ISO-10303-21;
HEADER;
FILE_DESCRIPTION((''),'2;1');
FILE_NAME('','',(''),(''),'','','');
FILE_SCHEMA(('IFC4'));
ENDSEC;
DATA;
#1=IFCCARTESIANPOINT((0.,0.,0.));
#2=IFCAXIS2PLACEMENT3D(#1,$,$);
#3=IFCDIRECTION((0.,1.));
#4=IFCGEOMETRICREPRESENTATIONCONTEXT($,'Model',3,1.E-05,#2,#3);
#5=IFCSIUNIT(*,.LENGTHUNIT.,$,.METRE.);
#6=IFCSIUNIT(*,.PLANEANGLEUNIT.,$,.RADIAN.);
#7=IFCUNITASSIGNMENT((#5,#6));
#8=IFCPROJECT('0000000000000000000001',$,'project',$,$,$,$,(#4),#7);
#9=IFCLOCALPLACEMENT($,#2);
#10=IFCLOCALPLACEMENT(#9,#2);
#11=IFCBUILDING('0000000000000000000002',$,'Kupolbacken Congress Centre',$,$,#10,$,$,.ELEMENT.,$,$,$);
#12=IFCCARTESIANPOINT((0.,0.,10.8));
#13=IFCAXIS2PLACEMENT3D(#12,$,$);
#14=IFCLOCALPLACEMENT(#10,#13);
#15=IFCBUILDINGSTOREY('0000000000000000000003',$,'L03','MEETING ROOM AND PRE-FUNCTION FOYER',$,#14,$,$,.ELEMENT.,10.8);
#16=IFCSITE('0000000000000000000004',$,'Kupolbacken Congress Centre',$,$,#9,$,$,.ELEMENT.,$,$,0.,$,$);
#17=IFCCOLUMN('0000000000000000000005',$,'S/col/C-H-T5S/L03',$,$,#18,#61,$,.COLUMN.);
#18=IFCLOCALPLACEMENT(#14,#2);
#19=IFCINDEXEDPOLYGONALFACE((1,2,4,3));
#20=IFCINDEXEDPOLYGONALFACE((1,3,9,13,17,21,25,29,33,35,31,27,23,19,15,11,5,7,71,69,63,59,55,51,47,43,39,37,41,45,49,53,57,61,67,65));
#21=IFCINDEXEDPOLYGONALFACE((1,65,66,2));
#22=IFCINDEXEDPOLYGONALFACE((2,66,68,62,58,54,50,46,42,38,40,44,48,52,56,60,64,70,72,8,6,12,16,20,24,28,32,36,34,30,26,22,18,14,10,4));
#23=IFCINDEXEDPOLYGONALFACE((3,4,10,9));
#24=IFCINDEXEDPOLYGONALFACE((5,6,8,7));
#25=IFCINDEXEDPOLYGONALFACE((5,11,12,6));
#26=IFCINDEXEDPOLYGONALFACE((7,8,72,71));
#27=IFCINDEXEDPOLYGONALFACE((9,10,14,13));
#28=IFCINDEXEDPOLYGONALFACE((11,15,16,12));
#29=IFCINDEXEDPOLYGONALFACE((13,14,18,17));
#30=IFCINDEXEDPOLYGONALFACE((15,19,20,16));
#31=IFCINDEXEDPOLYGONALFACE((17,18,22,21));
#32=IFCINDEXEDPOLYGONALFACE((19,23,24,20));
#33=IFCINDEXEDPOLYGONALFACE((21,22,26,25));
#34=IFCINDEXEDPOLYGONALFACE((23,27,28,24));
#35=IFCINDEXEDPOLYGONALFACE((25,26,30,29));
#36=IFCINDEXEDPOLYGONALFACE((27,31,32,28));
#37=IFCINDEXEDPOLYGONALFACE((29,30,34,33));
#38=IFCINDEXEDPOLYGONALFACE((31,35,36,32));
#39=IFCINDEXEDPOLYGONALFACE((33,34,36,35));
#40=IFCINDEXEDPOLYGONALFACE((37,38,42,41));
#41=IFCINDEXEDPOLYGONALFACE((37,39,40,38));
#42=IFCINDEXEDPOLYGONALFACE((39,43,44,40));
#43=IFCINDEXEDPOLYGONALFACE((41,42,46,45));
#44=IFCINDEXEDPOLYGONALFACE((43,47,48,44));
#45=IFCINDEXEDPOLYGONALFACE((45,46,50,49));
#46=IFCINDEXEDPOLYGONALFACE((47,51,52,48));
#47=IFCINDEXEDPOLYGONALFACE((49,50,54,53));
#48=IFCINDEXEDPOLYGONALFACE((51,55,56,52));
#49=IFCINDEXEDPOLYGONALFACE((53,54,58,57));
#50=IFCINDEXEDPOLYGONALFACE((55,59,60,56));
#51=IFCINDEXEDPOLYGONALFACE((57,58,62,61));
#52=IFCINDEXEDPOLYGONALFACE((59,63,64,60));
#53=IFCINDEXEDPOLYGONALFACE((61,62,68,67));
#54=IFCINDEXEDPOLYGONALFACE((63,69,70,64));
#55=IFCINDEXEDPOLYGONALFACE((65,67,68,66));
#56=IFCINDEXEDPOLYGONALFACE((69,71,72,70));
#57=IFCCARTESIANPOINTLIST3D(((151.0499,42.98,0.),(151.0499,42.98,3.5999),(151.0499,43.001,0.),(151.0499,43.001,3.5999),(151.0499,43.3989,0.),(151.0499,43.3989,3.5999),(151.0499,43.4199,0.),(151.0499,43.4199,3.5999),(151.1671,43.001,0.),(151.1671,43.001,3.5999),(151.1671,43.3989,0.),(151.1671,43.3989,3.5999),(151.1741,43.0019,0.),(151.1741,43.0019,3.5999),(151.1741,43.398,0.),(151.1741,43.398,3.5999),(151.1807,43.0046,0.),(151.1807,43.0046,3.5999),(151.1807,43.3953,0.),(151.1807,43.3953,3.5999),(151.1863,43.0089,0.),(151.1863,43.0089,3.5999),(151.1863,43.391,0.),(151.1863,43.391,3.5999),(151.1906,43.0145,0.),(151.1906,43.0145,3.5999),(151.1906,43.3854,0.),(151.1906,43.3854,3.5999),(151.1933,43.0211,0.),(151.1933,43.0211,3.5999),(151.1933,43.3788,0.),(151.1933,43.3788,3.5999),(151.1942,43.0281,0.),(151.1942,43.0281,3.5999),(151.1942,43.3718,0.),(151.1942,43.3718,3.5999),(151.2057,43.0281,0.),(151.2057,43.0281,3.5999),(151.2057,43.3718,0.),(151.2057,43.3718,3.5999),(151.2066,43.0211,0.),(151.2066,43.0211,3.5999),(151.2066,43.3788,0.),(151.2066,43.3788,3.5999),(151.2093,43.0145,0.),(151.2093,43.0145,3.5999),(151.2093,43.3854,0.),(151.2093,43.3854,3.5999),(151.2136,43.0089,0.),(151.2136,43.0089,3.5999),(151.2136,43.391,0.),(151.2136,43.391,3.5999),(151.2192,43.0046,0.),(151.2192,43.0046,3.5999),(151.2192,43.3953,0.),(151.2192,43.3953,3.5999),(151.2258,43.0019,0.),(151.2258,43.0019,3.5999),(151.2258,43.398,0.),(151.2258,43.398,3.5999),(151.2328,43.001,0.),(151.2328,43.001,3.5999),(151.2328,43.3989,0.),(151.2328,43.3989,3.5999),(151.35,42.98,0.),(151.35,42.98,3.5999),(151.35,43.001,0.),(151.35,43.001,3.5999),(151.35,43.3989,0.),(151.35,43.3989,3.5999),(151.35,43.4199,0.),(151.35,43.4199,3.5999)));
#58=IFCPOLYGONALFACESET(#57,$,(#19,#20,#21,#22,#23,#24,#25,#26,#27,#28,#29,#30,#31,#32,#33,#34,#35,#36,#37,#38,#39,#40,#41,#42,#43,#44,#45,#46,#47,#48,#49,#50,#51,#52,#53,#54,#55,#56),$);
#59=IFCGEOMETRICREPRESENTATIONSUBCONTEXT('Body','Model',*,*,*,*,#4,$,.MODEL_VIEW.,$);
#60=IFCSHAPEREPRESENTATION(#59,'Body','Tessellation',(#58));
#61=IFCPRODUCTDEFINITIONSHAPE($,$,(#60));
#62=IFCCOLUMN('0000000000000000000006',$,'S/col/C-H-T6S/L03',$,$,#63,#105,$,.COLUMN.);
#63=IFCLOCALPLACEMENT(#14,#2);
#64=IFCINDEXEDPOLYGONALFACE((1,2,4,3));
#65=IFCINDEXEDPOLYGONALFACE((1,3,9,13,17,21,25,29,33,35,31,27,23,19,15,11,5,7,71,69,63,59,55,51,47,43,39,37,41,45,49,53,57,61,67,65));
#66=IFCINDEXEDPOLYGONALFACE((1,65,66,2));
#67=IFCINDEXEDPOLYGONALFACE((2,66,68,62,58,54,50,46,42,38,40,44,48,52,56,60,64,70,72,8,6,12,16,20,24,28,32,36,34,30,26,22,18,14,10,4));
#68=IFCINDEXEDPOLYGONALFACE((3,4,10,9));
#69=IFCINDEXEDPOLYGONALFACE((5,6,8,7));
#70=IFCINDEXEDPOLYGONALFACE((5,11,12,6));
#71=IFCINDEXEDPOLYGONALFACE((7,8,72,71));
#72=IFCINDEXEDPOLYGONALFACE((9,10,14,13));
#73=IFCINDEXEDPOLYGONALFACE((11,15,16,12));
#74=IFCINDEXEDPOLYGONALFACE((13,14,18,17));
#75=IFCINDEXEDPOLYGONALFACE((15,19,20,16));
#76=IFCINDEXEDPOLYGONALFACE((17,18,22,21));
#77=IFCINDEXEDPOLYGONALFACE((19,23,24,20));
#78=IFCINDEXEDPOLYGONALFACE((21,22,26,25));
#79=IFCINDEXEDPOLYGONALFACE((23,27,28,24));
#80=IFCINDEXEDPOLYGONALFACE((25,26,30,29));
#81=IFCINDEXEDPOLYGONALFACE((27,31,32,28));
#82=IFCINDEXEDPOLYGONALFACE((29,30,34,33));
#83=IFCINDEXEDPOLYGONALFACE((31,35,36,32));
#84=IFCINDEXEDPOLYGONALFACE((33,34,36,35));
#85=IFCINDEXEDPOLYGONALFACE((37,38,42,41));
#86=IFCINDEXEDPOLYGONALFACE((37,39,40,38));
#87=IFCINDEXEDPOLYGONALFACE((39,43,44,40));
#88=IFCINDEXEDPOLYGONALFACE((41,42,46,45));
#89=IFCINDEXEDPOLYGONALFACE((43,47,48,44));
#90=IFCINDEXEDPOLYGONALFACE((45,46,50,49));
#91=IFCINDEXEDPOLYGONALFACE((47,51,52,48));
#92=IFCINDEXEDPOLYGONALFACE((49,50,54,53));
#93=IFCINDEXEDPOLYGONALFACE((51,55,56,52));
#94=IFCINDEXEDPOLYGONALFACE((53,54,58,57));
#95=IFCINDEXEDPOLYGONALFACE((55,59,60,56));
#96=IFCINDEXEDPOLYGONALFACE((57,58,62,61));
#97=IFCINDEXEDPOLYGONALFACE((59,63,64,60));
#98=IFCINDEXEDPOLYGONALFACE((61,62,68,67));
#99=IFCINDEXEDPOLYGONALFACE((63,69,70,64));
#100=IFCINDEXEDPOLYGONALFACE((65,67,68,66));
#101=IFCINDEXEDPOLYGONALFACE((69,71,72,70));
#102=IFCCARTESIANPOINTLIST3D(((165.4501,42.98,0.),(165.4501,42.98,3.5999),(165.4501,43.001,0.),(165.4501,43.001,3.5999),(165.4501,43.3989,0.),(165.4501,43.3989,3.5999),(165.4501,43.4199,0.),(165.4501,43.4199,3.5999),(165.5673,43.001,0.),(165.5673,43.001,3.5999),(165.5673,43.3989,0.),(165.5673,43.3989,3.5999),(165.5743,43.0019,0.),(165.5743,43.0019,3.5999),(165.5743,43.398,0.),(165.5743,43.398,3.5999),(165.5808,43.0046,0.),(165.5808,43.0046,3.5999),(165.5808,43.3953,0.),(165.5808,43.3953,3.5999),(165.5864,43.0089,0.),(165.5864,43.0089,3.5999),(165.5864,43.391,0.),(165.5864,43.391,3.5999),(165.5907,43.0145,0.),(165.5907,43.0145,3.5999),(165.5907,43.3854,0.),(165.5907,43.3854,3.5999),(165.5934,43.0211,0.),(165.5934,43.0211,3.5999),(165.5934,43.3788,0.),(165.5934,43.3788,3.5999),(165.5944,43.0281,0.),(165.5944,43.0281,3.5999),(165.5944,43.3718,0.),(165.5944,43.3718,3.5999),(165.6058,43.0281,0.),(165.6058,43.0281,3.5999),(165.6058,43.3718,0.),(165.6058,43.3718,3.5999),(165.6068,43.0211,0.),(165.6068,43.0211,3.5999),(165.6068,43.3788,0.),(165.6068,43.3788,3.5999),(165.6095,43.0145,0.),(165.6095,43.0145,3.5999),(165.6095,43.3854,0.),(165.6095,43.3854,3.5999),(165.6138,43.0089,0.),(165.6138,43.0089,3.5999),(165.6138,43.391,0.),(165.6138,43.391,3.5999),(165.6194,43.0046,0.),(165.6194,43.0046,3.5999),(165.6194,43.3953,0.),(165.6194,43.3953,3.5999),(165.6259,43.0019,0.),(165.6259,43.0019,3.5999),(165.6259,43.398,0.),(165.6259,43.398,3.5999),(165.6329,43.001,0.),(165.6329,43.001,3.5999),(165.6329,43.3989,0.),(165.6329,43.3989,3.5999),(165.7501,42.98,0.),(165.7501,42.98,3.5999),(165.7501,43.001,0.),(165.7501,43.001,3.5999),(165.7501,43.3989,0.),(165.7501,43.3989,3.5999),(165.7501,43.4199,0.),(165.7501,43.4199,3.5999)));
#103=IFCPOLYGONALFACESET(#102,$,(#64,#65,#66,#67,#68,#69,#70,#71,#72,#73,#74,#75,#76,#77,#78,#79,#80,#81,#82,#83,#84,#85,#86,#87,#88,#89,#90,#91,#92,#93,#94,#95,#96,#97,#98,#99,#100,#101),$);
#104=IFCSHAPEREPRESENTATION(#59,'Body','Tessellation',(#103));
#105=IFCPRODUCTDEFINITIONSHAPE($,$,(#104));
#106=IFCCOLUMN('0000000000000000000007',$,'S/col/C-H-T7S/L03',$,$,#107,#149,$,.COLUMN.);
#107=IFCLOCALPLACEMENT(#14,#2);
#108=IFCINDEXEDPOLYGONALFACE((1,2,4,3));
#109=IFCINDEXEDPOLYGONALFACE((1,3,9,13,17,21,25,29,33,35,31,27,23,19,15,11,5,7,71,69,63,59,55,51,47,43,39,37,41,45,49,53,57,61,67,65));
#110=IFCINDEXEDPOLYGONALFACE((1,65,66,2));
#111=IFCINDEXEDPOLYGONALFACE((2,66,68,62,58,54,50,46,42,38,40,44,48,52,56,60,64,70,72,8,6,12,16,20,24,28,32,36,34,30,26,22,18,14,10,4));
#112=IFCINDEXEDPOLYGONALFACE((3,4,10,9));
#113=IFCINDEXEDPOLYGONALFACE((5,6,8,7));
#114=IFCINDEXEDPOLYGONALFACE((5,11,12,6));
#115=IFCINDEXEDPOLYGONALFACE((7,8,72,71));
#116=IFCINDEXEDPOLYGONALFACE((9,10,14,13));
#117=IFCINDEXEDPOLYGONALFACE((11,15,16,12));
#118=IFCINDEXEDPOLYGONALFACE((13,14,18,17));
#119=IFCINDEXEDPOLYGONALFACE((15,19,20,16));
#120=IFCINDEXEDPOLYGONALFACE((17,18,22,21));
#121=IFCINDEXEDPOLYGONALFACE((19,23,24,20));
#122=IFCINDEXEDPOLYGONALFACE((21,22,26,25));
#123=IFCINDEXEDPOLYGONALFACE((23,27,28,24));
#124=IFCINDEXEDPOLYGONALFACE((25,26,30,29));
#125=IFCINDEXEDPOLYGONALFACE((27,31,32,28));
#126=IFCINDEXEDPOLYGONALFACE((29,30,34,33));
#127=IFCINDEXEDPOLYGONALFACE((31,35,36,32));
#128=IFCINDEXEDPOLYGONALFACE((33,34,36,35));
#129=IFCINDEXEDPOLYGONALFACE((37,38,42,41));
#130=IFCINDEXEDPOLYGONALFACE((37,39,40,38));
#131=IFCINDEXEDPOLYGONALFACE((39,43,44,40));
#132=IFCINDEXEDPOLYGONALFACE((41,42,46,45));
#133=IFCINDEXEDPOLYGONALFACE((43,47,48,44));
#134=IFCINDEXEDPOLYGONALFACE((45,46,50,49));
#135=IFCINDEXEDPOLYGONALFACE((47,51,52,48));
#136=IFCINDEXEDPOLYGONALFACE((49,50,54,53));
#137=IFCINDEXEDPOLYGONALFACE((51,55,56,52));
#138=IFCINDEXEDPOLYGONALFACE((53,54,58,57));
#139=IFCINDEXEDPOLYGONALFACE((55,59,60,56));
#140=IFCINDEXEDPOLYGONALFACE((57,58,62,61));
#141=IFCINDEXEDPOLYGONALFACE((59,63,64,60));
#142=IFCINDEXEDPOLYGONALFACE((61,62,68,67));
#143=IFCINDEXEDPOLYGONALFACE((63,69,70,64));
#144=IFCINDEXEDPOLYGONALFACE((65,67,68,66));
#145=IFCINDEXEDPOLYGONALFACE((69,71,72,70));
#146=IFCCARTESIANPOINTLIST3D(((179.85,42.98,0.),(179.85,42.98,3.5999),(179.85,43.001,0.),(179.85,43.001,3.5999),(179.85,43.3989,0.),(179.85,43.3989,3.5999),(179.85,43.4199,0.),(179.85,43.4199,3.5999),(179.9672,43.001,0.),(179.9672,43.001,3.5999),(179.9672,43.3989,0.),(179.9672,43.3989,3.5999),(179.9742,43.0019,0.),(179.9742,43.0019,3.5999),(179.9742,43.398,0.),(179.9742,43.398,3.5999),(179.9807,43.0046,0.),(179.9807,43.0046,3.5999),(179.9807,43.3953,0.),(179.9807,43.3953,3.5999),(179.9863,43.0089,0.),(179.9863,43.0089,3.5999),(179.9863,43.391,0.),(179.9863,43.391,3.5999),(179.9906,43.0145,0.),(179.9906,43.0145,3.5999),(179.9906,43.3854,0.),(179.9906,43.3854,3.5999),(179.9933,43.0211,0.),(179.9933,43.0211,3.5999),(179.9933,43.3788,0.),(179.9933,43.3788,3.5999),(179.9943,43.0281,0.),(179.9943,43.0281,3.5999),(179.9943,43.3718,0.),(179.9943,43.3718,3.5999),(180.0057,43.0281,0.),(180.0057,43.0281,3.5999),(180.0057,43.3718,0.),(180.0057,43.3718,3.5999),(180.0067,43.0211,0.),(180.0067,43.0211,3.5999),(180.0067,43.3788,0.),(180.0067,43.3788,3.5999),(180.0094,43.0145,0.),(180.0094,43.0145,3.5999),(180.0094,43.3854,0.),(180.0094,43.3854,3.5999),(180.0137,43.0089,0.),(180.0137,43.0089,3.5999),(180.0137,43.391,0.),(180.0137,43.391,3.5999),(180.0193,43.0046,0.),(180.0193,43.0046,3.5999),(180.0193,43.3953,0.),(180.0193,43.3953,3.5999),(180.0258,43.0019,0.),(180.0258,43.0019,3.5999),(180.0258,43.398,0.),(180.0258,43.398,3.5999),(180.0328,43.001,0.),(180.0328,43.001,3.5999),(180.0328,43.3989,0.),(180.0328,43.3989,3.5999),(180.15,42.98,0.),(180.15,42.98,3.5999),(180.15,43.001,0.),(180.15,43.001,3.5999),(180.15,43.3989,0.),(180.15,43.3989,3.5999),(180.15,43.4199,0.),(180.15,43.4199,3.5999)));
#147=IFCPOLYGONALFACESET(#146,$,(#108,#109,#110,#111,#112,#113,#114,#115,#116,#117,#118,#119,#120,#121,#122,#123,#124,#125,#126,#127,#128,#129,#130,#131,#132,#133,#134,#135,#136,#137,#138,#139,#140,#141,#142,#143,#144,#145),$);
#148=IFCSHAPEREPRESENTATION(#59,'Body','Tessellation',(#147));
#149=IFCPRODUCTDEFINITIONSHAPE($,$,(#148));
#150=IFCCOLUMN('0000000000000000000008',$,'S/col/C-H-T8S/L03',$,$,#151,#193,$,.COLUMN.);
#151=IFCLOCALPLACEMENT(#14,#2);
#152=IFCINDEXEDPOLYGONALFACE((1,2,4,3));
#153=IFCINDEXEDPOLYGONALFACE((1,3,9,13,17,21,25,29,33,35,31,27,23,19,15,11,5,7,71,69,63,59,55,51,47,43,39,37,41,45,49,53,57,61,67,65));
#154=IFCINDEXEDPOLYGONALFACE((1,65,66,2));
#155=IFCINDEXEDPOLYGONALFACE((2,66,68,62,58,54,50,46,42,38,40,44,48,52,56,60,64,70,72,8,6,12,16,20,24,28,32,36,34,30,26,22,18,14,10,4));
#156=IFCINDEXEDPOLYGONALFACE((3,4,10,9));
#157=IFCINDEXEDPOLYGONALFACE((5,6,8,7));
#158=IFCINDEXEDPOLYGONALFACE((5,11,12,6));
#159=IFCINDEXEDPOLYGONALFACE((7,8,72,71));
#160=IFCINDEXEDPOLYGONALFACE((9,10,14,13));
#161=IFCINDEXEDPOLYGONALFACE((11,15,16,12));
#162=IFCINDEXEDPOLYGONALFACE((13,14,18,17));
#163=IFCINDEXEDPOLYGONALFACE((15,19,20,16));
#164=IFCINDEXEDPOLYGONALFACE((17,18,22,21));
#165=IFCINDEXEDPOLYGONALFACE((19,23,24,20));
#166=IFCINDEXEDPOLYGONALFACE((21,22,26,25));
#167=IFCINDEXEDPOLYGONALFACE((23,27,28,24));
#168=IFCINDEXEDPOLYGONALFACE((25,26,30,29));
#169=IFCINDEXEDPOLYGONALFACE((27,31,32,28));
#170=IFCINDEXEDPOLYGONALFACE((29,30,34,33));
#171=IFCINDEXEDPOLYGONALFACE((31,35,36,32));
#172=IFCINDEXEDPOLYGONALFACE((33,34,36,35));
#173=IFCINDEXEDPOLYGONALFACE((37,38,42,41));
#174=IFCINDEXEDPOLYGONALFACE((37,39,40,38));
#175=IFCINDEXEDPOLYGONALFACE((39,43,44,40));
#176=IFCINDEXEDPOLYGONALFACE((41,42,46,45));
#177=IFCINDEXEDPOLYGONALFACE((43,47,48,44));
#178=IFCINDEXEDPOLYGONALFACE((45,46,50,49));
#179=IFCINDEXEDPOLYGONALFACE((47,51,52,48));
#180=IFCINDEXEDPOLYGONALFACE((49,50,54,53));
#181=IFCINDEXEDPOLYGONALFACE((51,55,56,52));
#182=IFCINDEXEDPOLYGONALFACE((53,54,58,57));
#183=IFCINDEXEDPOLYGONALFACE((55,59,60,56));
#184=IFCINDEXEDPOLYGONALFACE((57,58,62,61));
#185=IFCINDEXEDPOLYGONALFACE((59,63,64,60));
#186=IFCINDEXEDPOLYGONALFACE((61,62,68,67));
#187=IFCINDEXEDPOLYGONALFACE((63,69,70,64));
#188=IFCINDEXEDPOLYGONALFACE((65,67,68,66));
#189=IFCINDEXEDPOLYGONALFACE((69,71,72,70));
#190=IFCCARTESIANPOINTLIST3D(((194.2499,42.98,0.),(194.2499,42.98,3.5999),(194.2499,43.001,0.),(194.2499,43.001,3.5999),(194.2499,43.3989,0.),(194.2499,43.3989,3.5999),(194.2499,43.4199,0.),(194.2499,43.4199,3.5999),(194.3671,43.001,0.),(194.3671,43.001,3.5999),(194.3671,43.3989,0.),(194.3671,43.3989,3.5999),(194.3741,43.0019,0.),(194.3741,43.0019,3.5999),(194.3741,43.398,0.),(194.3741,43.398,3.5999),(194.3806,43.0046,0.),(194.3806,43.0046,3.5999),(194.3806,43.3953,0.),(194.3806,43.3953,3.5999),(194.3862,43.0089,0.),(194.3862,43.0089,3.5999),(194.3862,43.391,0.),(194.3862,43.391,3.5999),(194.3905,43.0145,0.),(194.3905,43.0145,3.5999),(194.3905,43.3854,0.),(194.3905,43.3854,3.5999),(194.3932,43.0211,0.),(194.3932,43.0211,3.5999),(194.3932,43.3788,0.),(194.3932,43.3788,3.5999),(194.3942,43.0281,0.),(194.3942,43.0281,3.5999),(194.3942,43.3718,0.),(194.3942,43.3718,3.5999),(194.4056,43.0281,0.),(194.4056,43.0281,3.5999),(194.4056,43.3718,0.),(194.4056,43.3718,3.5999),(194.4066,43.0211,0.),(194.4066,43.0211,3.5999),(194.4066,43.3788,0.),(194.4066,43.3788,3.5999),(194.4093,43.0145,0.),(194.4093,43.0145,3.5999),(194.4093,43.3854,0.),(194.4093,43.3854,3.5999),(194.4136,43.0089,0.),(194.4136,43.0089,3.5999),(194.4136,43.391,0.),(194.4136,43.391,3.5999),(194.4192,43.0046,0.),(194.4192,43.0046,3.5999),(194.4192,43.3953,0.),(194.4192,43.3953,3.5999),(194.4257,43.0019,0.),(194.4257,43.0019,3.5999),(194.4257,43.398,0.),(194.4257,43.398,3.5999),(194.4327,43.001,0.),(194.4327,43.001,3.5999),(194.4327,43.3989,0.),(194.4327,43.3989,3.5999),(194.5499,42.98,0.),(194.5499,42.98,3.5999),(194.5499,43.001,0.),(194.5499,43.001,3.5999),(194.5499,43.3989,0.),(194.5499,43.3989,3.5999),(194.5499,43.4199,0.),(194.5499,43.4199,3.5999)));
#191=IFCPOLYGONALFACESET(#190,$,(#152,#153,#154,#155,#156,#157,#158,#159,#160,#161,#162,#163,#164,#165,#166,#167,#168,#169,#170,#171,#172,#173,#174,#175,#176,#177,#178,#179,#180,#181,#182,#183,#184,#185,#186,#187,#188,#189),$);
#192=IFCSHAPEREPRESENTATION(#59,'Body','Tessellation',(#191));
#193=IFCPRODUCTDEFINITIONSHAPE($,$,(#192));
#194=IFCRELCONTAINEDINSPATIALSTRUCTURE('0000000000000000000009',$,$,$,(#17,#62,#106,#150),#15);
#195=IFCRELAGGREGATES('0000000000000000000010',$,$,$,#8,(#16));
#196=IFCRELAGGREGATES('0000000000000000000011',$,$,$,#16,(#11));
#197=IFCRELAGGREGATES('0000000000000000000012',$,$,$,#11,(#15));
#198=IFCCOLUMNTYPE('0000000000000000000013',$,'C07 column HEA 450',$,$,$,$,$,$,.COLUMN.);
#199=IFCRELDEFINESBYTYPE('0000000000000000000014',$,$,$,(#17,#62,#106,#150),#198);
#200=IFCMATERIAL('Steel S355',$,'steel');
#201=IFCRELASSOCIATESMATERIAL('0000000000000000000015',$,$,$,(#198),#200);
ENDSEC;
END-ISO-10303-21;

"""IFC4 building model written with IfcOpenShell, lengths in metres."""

from ifc_helpers import new_model, si_unit, direction, frame, origin, origin_2d, place, context, subcontext, project, spatial, i_section, extrude, material, material_profile, profile_set, type_object, element, save


model = new_model("IFC4")

# Units and contexts
model_context = context("Model", 3, precision=1e-05, world=origin(), true_north=direction((0.0, 1.0)))
body_context = subcontext(model_context, "Body", "Model", "MODEL_VIEW")
ifc_project = project(units=[si_unit("LENGTHUNIT", "METRE"), si_unit("PLANEANGLEUNIT", "RADIAN")], contexts=[model_context])

# Site, building, storey
site_placement = place(None, origin())
site = spatial("IfcSite", under=ifc_project, at=site_placement, Name="Kupolbacken Congress Centre", CompositionType="ELEMENT", RefElevation=0.0)
building_placement = place(site_placement, origin())
building = spatial("IfcBuilding", under=site, at=building_placement, Name="Kupolbacken Congress Centre", CompositionType="ELEMENT")
storey_placement = place(building_placement, frame((0.0, 0.0, 10.8)))
storey = spatial("IfcBuildingStorey", under=building, at=storey_placement, Name="L03", Description="MEETING ROOM AND PRE-FUNCTION FOYER", CompositionType="ELEMENT", Elevation=10.8)

# Columns
ifc_material_1 = material(Name="Steel S355", Category="steel")
ifc_material_profile = material_profile(ifc_material_1, i_section(OverallWidth=0.3, OverallDepth=0.4399, WebThickness=0.0115, FlangeThickness=0.021, FilletRadius=0.0271, at=origin_2d()), Name="HEA 450")
ifc_profile_set = profile_set([ifc_material_profile], Name="Steel S355")
column_type = type_object("IfcColumnType", Name="C07 column HEA 450", PredefinedType="COLUMN", material=ifc_profile_set)
for number, where, z_axis, x_axis, name in (
    (1, (151.2, 43.2, 0.0), (0.0, 0.0, 1.0), (1.0, 0.0, 0.0), "S/col/C-H-T5S/L03"),
    (2, (165.6001, 43.2, 0.0), (0.0, 0.0, 1.0), (1.0, 0.0, 0.0), "S/col/C-H-T6S/L03"),
    (3, (180.0, 43.2, 0.0), (0.0, 0.0, 1.0), (1.0, 0.0, 0.0), "S/col/C-H-T7S/L03"),
    (4, (194.3999, 43.2, 0.0), (0.0, 0.0, 1.0), (1.0, 0.0, 0.0), "S/col/C-H-T8S/L03"),
):
    element("IfcColumn", number, at=place(storey_placement, frame(where, z_axis=z_axis, x_axis=x_axis)), inside=storey, type_object=column_type, Name=name, PredefinedType="COLUMN", context=body_context, shape_type="SweptSolid", body=[
        extrude(i_section(OverallWidth=0.3, OverallDepth=0.4399, WebThickness=0.0115, FlangeThickness=0.021, FilletRadius=0.0271, at=origin_2d()), origin(), (0.0, 0.0, 1.0), 3.5999),
    ])

save(model, "model.ifc")
